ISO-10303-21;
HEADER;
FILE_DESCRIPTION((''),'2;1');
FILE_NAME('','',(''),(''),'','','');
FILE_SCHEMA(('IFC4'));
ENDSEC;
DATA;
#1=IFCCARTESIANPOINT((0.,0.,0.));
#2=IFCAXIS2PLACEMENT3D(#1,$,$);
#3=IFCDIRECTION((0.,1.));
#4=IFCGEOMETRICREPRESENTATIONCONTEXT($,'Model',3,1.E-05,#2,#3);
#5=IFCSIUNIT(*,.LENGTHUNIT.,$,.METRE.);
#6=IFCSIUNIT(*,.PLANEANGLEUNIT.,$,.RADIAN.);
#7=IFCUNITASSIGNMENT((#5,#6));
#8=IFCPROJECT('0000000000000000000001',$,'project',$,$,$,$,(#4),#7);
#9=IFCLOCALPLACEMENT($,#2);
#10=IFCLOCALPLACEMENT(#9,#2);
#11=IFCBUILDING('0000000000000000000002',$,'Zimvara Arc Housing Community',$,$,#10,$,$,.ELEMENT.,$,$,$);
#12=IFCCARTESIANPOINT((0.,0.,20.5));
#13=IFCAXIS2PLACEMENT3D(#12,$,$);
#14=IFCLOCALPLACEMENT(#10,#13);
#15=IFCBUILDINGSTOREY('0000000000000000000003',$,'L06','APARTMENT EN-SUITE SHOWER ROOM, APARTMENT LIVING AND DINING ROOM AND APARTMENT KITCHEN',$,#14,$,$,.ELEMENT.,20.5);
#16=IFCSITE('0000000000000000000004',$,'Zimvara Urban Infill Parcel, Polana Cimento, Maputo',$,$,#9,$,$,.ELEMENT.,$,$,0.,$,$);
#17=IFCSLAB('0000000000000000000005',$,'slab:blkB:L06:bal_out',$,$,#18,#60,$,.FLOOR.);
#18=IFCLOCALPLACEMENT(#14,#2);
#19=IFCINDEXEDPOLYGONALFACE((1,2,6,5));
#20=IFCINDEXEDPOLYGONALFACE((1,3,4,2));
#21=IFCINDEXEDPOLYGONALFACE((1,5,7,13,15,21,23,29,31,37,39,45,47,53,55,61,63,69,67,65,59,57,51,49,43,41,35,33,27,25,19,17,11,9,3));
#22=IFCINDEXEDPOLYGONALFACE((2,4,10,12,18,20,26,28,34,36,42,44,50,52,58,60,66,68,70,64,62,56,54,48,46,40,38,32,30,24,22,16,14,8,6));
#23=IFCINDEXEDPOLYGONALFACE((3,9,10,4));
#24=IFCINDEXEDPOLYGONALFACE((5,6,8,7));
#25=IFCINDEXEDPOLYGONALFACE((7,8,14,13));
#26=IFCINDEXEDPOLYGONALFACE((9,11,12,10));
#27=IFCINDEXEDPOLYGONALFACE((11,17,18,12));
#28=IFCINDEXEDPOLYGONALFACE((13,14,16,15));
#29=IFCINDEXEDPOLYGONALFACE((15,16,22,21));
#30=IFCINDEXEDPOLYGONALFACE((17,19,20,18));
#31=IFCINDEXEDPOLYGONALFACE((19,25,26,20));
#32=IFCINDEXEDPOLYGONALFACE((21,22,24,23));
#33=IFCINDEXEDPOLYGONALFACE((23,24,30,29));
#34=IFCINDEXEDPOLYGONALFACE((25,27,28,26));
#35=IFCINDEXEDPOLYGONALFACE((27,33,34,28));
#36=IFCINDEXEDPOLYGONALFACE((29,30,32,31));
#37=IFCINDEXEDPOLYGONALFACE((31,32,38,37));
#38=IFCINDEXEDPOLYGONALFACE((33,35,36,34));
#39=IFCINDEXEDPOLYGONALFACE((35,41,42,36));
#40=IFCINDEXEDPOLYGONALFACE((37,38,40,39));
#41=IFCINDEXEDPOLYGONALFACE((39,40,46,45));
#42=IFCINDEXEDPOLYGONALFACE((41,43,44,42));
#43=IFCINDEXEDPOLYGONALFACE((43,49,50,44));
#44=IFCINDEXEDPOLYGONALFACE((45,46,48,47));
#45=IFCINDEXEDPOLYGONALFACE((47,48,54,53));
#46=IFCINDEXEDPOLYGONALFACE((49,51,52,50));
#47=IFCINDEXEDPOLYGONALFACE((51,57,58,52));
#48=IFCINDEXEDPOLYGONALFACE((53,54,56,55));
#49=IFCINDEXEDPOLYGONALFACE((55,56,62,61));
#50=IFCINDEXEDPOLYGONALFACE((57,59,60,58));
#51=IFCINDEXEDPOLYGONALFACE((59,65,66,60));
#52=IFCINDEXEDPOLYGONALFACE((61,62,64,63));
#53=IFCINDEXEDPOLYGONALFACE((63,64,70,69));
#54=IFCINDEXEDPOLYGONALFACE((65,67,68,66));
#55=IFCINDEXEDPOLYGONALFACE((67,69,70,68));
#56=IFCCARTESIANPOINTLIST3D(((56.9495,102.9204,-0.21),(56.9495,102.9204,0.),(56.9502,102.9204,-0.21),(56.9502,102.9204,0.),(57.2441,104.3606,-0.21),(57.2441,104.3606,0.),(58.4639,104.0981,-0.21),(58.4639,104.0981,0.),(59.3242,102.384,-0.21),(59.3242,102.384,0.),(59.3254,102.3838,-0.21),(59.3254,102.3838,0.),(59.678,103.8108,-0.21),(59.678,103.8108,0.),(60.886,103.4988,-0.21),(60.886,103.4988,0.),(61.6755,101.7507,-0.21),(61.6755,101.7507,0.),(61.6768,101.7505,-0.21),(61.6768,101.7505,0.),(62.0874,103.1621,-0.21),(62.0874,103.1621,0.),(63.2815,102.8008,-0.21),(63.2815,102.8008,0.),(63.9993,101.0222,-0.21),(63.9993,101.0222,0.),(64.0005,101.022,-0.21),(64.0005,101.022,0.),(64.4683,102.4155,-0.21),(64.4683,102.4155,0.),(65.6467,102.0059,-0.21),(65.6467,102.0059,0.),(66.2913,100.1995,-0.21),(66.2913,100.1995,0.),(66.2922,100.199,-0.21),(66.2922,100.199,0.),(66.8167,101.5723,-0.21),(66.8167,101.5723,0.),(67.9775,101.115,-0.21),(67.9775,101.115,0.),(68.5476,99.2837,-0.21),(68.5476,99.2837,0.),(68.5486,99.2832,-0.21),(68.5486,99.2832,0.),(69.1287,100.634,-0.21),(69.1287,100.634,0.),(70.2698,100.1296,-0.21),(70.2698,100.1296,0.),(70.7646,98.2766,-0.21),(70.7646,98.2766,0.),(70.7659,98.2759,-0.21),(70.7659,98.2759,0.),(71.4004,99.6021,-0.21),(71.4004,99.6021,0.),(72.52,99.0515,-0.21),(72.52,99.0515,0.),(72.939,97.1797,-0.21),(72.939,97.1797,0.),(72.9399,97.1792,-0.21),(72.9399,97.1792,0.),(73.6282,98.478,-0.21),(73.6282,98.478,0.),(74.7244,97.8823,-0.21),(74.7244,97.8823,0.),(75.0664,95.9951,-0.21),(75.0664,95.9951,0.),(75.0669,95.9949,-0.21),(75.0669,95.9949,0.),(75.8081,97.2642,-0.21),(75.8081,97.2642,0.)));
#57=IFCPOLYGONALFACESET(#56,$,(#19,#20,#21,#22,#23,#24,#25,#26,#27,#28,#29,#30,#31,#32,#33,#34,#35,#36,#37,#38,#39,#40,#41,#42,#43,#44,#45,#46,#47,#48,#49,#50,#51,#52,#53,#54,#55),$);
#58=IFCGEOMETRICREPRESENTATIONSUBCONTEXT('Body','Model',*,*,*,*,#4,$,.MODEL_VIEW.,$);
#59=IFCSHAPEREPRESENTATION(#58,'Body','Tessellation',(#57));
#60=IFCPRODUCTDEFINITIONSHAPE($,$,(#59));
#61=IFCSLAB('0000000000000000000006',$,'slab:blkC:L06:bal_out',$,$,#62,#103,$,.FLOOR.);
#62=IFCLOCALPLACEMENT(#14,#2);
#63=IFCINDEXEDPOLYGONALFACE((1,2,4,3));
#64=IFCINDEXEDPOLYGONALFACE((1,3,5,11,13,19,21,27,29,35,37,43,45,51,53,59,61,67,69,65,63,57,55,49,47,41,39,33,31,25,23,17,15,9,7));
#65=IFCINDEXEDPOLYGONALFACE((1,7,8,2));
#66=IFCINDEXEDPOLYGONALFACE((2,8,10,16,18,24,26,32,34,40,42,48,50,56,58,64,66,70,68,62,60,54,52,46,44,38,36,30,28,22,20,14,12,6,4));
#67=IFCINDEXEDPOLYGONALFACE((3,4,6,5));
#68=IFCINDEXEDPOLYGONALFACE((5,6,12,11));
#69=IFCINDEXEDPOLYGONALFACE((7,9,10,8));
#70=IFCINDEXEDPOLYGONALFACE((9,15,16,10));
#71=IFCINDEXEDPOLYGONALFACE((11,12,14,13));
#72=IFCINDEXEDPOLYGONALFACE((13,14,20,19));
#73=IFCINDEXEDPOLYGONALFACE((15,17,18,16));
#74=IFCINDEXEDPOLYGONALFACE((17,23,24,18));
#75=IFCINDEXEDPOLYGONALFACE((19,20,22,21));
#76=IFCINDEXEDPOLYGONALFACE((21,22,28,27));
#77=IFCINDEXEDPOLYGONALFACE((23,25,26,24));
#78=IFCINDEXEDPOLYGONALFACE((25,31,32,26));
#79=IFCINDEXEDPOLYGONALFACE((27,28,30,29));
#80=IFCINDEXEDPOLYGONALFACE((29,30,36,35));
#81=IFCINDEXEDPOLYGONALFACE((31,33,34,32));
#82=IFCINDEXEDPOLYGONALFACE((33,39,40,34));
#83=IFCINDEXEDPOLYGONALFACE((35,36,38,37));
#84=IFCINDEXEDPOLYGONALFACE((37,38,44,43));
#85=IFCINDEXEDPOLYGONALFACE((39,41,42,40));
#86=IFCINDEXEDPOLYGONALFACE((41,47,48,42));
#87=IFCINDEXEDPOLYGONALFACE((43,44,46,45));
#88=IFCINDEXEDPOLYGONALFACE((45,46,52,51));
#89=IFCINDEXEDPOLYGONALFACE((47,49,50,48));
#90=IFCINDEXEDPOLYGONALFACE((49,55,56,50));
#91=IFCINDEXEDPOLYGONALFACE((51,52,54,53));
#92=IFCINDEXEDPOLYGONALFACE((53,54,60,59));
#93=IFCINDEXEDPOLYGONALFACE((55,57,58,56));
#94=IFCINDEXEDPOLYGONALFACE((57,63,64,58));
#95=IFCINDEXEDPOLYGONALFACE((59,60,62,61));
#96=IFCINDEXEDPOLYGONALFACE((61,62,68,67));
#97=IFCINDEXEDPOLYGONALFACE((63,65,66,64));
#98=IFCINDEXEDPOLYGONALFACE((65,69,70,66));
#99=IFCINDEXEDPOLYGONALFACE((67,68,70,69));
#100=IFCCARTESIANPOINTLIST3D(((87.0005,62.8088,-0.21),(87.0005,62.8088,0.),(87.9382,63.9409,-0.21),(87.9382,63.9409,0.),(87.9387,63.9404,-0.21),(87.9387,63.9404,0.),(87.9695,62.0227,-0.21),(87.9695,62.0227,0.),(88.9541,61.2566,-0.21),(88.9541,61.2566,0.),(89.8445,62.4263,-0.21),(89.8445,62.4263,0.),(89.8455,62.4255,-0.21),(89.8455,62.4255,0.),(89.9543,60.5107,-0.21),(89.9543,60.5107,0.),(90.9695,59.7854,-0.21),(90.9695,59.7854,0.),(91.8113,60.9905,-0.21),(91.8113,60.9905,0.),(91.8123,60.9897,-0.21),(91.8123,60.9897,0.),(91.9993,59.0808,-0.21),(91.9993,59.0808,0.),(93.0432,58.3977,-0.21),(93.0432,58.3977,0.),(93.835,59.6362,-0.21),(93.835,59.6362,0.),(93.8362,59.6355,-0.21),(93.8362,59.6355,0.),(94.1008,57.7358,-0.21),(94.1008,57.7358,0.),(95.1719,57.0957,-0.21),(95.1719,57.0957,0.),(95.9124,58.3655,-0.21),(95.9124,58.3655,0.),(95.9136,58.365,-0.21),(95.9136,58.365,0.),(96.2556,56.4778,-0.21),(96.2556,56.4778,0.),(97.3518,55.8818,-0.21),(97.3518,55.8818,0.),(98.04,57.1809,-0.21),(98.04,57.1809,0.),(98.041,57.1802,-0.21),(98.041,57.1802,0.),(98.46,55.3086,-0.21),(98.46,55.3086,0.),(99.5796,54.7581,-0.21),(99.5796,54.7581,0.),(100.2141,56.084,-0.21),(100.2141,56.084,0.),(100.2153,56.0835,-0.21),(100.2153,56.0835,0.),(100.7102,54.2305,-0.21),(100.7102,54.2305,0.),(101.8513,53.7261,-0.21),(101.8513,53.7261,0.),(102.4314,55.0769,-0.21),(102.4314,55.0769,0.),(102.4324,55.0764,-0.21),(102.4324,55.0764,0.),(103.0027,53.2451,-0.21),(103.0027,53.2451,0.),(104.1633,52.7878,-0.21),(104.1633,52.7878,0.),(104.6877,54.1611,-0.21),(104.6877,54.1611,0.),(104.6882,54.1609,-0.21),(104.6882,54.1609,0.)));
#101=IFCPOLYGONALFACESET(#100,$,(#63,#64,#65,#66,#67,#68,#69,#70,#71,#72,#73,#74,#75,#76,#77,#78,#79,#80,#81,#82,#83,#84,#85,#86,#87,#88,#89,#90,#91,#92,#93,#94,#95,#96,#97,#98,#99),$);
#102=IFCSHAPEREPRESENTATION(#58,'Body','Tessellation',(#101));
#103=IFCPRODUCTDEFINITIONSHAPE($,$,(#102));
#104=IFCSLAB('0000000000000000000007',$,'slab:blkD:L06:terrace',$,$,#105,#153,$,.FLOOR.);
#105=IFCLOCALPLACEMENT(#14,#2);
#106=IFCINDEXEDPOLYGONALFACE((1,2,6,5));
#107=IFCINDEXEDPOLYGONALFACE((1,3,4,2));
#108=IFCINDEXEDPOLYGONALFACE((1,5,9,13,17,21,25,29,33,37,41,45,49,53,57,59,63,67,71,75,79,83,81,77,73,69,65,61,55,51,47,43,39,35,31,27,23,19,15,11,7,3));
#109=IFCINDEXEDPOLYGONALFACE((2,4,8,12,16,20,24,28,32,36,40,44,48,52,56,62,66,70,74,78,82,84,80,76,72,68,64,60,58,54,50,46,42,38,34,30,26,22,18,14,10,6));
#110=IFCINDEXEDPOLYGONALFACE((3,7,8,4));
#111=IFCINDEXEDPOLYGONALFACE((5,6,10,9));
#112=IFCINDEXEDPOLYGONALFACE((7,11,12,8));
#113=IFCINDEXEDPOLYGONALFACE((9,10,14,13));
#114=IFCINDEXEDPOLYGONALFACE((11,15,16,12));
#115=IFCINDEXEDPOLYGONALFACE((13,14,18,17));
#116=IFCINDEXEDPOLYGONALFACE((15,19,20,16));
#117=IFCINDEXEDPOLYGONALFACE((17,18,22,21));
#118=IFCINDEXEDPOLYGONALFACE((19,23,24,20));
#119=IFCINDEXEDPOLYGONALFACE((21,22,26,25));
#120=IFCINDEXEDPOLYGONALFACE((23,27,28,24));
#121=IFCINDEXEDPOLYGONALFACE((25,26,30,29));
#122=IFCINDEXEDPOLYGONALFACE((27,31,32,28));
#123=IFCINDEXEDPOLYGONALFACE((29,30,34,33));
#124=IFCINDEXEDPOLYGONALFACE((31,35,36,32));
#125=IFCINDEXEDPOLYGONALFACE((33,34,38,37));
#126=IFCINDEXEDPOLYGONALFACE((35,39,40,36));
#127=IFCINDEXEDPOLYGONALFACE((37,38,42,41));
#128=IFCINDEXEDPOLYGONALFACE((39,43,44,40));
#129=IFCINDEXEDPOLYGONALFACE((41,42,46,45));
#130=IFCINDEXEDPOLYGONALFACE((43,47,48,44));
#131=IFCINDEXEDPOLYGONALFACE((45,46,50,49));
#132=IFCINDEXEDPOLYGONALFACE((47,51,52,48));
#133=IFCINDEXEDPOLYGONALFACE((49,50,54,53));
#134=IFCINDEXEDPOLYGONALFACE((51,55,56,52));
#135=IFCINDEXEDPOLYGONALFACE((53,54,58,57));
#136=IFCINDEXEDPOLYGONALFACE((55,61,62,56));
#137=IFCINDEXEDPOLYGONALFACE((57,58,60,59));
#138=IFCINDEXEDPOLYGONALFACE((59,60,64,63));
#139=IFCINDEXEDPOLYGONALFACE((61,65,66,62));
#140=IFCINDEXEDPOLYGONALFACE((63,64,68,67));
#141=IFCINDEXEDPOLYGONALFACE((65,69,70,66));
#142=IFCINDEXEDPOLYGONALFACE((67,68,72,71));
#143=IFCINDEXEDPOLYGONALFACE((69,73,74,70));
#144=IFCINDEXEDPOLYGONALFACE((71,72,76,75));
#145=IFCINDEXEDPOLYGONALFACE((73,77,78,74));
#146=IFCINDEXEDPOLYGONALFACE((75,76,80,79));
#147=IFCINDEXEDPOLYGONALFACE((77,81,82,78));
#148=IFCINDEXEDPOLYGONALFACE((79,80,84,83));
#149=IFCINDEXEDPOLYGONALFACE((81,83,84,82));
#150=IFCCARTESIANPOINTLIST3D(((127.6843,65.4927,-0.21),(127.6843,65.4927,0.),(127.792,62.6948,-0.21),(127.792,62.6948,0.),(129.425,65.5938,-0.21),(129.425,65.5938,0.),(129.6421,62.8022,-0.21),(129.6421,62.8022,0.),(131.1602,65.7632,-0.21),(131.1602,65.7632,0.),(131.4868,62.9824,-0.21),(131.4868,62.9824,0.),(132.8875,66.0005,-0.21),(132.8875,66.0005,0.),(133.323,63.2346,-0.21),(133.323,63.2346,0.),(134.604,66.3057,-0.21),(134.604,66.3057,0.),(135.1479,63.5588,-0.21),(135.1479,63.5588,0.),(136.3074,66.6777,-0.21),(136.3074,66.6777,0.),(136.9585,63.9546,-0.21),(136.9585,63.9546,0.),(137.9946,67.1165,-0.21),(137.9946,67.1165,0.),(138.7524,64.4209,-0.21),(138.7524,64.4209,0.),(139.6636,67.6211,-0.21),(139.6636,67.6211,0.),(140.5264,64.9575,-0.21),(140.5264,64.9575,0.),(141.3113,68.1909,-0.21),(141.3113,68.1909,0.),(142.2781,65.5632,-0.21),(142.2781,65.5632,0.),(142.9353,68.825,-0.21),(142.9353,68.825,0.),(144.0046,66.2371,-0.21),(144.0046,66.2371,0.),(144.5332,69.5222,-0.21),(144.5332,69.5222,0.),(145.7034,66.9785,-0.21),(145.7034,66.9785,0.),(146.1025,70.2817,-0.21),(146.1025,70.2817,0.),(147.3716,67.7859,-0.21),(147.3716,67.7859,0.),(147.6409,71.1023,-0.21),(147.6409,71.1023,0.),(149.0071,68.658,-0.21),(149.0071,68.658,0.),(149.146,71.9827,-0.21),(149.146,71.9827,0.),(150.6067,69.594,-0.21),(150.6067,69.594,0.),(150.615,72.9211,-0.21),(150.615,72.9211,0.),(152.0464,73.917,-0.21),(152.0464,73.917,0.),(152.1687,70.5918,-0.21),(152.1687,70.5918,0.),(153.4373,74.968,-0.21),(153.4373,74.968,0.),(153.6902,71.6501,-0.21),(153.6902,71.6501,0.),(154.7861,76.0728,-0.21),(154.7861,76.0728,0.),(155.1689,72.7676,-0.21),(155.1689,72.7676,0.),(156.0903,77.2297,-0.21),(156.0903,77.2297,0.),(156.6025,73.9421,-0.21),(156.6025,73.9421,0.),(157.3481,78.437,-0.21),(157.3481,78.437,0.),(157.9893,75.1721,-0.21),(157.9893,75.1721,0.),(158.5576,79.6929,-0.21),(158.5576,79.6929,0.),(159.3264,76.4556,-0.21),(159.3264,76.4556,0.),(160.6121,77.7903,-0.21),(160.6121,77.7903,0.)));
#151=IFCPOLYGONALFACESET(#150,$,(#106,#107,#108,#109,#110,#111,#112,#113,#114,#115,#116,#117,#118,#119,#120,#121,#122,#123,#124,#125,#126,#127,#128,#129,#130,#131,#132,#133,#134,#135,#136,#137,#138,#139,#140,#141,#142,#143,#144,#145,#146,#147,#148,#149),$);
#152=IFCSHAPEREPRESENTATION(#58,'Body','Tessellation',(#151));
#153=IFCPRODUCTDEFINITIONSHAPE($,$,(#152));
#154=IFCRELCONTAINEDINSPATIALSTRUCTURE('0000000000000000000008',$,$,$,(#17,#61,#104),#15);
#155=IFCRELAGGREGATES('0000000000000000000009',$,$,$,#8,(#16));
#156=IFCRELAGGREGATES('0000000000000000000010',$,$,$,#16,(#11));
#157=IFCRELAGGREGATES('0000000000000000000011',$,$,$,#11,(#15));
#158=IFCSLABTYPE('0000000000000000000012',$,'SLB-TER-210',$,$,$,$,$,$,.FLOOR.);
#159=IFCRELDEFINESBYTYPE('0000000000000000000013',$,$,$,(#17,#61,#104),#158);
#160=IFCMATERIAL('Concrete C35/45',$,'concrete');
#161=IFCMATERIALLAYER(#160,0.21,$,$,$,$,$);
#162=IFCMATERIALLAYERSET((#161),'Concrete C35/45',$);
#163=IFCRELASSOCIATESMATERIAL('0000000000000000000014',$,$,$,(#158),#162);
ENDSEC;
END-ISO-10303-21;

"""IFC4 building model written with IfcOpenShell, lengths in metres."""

from ifc_helpers import new_model, si_unit, direction, frame, origin, place, context, subcontext, project, spatial, polyline, outline, extrude, material, layer, layer_set, type_object, element, save


model = new_model("IFC4")

# Units and contexts
model_context = context("Model", 3, precision=1e-05, world=origin(), true_north=direction((0.0, 1.0)))
body_context = subcontext(model_context, "Body", "Model", "MODEL_VIEW")
ifc_project = project(units=[si_unit("LENGTHUNIT", "METRE"), si_unit("PLANEANGLEUNIT", "RADIAN")], contexts=[model_context])

# Site, building, storey
site_placement = place(None, origin())
site = spatial("IfcSite", under=ifc_project, at=site_placement, Name="Zimvara Urban Infill Parcel, Polana Cimento, Maputo", CompositionType="ELEMENT", RefElevation=0.0)
building_placement = place(site_placement, origin())
building = spatial("IfcBuilding", under=site, at=building_placement, Name="Zimvara Arc Housing Community", CompositionType="ELEMENT")
storey_placement = place(building_placement, frame((0.0, 0.0, 20.5)))
storey = spatial("IfcBuildingStorey", under=building, at=storey_placement, Name="L06", Description="APARTMENT EN-SUITE SHOWER ROOM, APARTMENT LIVING AND DINING ROOM AND APARTMENT KITCHEN", CompositionType="ELEMENT", Elevation=20.5)

# Slabs
ifc_material_1 = material(Name="Concrete C35/45", Category="concrete")
ifc_layer_1 = layer(ifc_material_1, 0.21)
ifc_layer_set_1 = layer_set([ifc_layer_1], Name="Concrete C35/45")
slab_type_1 = type_object("IfcSlabType", Name="SLB-TER-210", PredefinedType="FLOOR", material=ifc_layer_set_1)
slab_1_placement = place(storey_placement, frame((0.0, 0.0, -0.21)))
element("IfcSlab", 1, at=slab_1_placement, inside=storey, type_object=slab_type_1, Name="slab:blkB:L06:bal_out", PredefinedType="FLOOR", context=body_context, shape_type="SweptSolid", body=[
    extrude(outline(polyline([(57.2441, 104.3606), (56.9495, 102.9204), (56.9502, 102.9204), (59.3242, 102.384), (59.3254, 102.3838), (61.6755, 101.7507), (61.6768, 101.7505), (63.9993, 101.0222), (64.0005, 101.022), (66.2913, 100.1995), (66.2922, 100.199), (68.5476, 99.2837), (68.5486, 99.2832), (70.7646, 98.2766), (70.7659, 98.2759), (72.939, 97.1797), (72.9399, 97.1792), (75.0664, 95.9951), (75.0669, 95.9949), (75.8081, 97.2642), (74.7244, 97.8823), (73.6282, 98.478), (72.52, 99.0515), (71.4004, 99.6021), (70.2698, 100.1296), (69.1287, 100.634), (67.9775, 101.115), (66.8167, 101.5723), (65.6467, 102.0059), (64.4683, 102.4155), (63.2815, 102.8008), (62.0874, 103.1621), (60.886, 103.4988), (59.678, 103.8108), (58.4639, 104.0981), (57.2441, 104.3606)])), origin(), (0.0, 0.0, 1.0), 0.21),
])
slab_2_placement = place(storey_placement, frame((0.0, 0.0, -0.21)))
element("IfcSlab", 2, at=slab_2_placement, inside=storey, type_object=slab_type_1, Name="slab:blkC:L06:bal_out", PredefinedType="FLOOR", context=body_context, shape_type="SweptSolid", body=[
    extrude(outline(polyline([(104.6882, 54.1609), (104.6877, 54.1611), (102.4324, 55.0764), (102.4314, 55.0769), (100.2153, 56.0835), (100.2141, 56.084), (98.041, 57.1802), (98.04, 57.1809), (95.9136, 58.365), (95.9124, 58.3655), (93.8362, 59.6355), (93.835, 59.6362), (91.8123, 60.9897), (91.8113, 60.9905), (89.8455, 62.4255), (89.8445, 62.4263), (87.9387, 63.9404), (87.9382, 63.9409), (87.0005, 62.8088), (87.9695, 62.0227), (88.9541, 61.2566), (89.9543, 60.5107), (90.9695, 59.7854), (91.9993, 59.0808), (93.0432, 58.3977), (94.1008, 57.7358), (95.1719, 57.0957), (96.2556, 56.4778), (97.3518, 55.8818), (98.46, 55.3086), (99.5796, 54.7581), (100.7102, 54.2305), (101.8513, 53.7261), (103.0027, 53.2451), (104.1633, 52.7878), (104.6882, 54.1609)])), origin(), (0.0, 0.0, 1.0), 0.21),
])
slab_3_placement = place(storey_placement, frame((0.0, 0.0, -0.21)))
element("IfcSlab", 3, at=slab_3_placement, inside=storey, type_object=slab_type_1, Name="slab:blkD:L06:terrace", PredefinedType="FLOOR", context=body_context, shape_type="SweptSolid", body=[
    extrude(outline(polyline([(127.792, 62.6948), (129.6421, 62.8022), (131.4868, 62.9824), (133.323, 63.2346), (135.1479, 63.5588), (136.9585, 63.9546), (138.7524, 64.4209), (140.5264, 64.9575), (142.2781, 65.5632), (144.0046, 66.2371), (145.7034, 66.9785), (147.3716, 67.7859), (149.0071, 68.658), (150.6067, 69.594), (152.1687, 70.5918), (153.6902, 71.6501), (155.1689, 72.7676), (156.6025, 73.9421), (157.9893, 75.1721), (159.3264, 76.4556), (160.6121, 77.7903), (158.5576, 79.6929), (157.3481, 78.437), (156.0903, 77.2297), (154.7861, 76.0728), (153.4373, 74.968), (152.0464, 73.917), (150.615, 72.9211), (149.146, 71.9827), (147.6409, 71.1023), (146.1025, 70.2817), (144.5332, 69.5222), (142.9353, 68.825), (141.3113, 68.1909), (139.6636, 67.6211), (137.9946, 67.1165), (136.3074, 66.6777), (134.604, 66.3057), (132.8875, 66.0005), (131.1602, 65.7632), (129.425, 65.5938), (127.6843, 65.4927), (127.792, 62.6948)])), origin(), (0.0, 0.0, 1.0), 0.21),
])

save(model, "model.ifc")
